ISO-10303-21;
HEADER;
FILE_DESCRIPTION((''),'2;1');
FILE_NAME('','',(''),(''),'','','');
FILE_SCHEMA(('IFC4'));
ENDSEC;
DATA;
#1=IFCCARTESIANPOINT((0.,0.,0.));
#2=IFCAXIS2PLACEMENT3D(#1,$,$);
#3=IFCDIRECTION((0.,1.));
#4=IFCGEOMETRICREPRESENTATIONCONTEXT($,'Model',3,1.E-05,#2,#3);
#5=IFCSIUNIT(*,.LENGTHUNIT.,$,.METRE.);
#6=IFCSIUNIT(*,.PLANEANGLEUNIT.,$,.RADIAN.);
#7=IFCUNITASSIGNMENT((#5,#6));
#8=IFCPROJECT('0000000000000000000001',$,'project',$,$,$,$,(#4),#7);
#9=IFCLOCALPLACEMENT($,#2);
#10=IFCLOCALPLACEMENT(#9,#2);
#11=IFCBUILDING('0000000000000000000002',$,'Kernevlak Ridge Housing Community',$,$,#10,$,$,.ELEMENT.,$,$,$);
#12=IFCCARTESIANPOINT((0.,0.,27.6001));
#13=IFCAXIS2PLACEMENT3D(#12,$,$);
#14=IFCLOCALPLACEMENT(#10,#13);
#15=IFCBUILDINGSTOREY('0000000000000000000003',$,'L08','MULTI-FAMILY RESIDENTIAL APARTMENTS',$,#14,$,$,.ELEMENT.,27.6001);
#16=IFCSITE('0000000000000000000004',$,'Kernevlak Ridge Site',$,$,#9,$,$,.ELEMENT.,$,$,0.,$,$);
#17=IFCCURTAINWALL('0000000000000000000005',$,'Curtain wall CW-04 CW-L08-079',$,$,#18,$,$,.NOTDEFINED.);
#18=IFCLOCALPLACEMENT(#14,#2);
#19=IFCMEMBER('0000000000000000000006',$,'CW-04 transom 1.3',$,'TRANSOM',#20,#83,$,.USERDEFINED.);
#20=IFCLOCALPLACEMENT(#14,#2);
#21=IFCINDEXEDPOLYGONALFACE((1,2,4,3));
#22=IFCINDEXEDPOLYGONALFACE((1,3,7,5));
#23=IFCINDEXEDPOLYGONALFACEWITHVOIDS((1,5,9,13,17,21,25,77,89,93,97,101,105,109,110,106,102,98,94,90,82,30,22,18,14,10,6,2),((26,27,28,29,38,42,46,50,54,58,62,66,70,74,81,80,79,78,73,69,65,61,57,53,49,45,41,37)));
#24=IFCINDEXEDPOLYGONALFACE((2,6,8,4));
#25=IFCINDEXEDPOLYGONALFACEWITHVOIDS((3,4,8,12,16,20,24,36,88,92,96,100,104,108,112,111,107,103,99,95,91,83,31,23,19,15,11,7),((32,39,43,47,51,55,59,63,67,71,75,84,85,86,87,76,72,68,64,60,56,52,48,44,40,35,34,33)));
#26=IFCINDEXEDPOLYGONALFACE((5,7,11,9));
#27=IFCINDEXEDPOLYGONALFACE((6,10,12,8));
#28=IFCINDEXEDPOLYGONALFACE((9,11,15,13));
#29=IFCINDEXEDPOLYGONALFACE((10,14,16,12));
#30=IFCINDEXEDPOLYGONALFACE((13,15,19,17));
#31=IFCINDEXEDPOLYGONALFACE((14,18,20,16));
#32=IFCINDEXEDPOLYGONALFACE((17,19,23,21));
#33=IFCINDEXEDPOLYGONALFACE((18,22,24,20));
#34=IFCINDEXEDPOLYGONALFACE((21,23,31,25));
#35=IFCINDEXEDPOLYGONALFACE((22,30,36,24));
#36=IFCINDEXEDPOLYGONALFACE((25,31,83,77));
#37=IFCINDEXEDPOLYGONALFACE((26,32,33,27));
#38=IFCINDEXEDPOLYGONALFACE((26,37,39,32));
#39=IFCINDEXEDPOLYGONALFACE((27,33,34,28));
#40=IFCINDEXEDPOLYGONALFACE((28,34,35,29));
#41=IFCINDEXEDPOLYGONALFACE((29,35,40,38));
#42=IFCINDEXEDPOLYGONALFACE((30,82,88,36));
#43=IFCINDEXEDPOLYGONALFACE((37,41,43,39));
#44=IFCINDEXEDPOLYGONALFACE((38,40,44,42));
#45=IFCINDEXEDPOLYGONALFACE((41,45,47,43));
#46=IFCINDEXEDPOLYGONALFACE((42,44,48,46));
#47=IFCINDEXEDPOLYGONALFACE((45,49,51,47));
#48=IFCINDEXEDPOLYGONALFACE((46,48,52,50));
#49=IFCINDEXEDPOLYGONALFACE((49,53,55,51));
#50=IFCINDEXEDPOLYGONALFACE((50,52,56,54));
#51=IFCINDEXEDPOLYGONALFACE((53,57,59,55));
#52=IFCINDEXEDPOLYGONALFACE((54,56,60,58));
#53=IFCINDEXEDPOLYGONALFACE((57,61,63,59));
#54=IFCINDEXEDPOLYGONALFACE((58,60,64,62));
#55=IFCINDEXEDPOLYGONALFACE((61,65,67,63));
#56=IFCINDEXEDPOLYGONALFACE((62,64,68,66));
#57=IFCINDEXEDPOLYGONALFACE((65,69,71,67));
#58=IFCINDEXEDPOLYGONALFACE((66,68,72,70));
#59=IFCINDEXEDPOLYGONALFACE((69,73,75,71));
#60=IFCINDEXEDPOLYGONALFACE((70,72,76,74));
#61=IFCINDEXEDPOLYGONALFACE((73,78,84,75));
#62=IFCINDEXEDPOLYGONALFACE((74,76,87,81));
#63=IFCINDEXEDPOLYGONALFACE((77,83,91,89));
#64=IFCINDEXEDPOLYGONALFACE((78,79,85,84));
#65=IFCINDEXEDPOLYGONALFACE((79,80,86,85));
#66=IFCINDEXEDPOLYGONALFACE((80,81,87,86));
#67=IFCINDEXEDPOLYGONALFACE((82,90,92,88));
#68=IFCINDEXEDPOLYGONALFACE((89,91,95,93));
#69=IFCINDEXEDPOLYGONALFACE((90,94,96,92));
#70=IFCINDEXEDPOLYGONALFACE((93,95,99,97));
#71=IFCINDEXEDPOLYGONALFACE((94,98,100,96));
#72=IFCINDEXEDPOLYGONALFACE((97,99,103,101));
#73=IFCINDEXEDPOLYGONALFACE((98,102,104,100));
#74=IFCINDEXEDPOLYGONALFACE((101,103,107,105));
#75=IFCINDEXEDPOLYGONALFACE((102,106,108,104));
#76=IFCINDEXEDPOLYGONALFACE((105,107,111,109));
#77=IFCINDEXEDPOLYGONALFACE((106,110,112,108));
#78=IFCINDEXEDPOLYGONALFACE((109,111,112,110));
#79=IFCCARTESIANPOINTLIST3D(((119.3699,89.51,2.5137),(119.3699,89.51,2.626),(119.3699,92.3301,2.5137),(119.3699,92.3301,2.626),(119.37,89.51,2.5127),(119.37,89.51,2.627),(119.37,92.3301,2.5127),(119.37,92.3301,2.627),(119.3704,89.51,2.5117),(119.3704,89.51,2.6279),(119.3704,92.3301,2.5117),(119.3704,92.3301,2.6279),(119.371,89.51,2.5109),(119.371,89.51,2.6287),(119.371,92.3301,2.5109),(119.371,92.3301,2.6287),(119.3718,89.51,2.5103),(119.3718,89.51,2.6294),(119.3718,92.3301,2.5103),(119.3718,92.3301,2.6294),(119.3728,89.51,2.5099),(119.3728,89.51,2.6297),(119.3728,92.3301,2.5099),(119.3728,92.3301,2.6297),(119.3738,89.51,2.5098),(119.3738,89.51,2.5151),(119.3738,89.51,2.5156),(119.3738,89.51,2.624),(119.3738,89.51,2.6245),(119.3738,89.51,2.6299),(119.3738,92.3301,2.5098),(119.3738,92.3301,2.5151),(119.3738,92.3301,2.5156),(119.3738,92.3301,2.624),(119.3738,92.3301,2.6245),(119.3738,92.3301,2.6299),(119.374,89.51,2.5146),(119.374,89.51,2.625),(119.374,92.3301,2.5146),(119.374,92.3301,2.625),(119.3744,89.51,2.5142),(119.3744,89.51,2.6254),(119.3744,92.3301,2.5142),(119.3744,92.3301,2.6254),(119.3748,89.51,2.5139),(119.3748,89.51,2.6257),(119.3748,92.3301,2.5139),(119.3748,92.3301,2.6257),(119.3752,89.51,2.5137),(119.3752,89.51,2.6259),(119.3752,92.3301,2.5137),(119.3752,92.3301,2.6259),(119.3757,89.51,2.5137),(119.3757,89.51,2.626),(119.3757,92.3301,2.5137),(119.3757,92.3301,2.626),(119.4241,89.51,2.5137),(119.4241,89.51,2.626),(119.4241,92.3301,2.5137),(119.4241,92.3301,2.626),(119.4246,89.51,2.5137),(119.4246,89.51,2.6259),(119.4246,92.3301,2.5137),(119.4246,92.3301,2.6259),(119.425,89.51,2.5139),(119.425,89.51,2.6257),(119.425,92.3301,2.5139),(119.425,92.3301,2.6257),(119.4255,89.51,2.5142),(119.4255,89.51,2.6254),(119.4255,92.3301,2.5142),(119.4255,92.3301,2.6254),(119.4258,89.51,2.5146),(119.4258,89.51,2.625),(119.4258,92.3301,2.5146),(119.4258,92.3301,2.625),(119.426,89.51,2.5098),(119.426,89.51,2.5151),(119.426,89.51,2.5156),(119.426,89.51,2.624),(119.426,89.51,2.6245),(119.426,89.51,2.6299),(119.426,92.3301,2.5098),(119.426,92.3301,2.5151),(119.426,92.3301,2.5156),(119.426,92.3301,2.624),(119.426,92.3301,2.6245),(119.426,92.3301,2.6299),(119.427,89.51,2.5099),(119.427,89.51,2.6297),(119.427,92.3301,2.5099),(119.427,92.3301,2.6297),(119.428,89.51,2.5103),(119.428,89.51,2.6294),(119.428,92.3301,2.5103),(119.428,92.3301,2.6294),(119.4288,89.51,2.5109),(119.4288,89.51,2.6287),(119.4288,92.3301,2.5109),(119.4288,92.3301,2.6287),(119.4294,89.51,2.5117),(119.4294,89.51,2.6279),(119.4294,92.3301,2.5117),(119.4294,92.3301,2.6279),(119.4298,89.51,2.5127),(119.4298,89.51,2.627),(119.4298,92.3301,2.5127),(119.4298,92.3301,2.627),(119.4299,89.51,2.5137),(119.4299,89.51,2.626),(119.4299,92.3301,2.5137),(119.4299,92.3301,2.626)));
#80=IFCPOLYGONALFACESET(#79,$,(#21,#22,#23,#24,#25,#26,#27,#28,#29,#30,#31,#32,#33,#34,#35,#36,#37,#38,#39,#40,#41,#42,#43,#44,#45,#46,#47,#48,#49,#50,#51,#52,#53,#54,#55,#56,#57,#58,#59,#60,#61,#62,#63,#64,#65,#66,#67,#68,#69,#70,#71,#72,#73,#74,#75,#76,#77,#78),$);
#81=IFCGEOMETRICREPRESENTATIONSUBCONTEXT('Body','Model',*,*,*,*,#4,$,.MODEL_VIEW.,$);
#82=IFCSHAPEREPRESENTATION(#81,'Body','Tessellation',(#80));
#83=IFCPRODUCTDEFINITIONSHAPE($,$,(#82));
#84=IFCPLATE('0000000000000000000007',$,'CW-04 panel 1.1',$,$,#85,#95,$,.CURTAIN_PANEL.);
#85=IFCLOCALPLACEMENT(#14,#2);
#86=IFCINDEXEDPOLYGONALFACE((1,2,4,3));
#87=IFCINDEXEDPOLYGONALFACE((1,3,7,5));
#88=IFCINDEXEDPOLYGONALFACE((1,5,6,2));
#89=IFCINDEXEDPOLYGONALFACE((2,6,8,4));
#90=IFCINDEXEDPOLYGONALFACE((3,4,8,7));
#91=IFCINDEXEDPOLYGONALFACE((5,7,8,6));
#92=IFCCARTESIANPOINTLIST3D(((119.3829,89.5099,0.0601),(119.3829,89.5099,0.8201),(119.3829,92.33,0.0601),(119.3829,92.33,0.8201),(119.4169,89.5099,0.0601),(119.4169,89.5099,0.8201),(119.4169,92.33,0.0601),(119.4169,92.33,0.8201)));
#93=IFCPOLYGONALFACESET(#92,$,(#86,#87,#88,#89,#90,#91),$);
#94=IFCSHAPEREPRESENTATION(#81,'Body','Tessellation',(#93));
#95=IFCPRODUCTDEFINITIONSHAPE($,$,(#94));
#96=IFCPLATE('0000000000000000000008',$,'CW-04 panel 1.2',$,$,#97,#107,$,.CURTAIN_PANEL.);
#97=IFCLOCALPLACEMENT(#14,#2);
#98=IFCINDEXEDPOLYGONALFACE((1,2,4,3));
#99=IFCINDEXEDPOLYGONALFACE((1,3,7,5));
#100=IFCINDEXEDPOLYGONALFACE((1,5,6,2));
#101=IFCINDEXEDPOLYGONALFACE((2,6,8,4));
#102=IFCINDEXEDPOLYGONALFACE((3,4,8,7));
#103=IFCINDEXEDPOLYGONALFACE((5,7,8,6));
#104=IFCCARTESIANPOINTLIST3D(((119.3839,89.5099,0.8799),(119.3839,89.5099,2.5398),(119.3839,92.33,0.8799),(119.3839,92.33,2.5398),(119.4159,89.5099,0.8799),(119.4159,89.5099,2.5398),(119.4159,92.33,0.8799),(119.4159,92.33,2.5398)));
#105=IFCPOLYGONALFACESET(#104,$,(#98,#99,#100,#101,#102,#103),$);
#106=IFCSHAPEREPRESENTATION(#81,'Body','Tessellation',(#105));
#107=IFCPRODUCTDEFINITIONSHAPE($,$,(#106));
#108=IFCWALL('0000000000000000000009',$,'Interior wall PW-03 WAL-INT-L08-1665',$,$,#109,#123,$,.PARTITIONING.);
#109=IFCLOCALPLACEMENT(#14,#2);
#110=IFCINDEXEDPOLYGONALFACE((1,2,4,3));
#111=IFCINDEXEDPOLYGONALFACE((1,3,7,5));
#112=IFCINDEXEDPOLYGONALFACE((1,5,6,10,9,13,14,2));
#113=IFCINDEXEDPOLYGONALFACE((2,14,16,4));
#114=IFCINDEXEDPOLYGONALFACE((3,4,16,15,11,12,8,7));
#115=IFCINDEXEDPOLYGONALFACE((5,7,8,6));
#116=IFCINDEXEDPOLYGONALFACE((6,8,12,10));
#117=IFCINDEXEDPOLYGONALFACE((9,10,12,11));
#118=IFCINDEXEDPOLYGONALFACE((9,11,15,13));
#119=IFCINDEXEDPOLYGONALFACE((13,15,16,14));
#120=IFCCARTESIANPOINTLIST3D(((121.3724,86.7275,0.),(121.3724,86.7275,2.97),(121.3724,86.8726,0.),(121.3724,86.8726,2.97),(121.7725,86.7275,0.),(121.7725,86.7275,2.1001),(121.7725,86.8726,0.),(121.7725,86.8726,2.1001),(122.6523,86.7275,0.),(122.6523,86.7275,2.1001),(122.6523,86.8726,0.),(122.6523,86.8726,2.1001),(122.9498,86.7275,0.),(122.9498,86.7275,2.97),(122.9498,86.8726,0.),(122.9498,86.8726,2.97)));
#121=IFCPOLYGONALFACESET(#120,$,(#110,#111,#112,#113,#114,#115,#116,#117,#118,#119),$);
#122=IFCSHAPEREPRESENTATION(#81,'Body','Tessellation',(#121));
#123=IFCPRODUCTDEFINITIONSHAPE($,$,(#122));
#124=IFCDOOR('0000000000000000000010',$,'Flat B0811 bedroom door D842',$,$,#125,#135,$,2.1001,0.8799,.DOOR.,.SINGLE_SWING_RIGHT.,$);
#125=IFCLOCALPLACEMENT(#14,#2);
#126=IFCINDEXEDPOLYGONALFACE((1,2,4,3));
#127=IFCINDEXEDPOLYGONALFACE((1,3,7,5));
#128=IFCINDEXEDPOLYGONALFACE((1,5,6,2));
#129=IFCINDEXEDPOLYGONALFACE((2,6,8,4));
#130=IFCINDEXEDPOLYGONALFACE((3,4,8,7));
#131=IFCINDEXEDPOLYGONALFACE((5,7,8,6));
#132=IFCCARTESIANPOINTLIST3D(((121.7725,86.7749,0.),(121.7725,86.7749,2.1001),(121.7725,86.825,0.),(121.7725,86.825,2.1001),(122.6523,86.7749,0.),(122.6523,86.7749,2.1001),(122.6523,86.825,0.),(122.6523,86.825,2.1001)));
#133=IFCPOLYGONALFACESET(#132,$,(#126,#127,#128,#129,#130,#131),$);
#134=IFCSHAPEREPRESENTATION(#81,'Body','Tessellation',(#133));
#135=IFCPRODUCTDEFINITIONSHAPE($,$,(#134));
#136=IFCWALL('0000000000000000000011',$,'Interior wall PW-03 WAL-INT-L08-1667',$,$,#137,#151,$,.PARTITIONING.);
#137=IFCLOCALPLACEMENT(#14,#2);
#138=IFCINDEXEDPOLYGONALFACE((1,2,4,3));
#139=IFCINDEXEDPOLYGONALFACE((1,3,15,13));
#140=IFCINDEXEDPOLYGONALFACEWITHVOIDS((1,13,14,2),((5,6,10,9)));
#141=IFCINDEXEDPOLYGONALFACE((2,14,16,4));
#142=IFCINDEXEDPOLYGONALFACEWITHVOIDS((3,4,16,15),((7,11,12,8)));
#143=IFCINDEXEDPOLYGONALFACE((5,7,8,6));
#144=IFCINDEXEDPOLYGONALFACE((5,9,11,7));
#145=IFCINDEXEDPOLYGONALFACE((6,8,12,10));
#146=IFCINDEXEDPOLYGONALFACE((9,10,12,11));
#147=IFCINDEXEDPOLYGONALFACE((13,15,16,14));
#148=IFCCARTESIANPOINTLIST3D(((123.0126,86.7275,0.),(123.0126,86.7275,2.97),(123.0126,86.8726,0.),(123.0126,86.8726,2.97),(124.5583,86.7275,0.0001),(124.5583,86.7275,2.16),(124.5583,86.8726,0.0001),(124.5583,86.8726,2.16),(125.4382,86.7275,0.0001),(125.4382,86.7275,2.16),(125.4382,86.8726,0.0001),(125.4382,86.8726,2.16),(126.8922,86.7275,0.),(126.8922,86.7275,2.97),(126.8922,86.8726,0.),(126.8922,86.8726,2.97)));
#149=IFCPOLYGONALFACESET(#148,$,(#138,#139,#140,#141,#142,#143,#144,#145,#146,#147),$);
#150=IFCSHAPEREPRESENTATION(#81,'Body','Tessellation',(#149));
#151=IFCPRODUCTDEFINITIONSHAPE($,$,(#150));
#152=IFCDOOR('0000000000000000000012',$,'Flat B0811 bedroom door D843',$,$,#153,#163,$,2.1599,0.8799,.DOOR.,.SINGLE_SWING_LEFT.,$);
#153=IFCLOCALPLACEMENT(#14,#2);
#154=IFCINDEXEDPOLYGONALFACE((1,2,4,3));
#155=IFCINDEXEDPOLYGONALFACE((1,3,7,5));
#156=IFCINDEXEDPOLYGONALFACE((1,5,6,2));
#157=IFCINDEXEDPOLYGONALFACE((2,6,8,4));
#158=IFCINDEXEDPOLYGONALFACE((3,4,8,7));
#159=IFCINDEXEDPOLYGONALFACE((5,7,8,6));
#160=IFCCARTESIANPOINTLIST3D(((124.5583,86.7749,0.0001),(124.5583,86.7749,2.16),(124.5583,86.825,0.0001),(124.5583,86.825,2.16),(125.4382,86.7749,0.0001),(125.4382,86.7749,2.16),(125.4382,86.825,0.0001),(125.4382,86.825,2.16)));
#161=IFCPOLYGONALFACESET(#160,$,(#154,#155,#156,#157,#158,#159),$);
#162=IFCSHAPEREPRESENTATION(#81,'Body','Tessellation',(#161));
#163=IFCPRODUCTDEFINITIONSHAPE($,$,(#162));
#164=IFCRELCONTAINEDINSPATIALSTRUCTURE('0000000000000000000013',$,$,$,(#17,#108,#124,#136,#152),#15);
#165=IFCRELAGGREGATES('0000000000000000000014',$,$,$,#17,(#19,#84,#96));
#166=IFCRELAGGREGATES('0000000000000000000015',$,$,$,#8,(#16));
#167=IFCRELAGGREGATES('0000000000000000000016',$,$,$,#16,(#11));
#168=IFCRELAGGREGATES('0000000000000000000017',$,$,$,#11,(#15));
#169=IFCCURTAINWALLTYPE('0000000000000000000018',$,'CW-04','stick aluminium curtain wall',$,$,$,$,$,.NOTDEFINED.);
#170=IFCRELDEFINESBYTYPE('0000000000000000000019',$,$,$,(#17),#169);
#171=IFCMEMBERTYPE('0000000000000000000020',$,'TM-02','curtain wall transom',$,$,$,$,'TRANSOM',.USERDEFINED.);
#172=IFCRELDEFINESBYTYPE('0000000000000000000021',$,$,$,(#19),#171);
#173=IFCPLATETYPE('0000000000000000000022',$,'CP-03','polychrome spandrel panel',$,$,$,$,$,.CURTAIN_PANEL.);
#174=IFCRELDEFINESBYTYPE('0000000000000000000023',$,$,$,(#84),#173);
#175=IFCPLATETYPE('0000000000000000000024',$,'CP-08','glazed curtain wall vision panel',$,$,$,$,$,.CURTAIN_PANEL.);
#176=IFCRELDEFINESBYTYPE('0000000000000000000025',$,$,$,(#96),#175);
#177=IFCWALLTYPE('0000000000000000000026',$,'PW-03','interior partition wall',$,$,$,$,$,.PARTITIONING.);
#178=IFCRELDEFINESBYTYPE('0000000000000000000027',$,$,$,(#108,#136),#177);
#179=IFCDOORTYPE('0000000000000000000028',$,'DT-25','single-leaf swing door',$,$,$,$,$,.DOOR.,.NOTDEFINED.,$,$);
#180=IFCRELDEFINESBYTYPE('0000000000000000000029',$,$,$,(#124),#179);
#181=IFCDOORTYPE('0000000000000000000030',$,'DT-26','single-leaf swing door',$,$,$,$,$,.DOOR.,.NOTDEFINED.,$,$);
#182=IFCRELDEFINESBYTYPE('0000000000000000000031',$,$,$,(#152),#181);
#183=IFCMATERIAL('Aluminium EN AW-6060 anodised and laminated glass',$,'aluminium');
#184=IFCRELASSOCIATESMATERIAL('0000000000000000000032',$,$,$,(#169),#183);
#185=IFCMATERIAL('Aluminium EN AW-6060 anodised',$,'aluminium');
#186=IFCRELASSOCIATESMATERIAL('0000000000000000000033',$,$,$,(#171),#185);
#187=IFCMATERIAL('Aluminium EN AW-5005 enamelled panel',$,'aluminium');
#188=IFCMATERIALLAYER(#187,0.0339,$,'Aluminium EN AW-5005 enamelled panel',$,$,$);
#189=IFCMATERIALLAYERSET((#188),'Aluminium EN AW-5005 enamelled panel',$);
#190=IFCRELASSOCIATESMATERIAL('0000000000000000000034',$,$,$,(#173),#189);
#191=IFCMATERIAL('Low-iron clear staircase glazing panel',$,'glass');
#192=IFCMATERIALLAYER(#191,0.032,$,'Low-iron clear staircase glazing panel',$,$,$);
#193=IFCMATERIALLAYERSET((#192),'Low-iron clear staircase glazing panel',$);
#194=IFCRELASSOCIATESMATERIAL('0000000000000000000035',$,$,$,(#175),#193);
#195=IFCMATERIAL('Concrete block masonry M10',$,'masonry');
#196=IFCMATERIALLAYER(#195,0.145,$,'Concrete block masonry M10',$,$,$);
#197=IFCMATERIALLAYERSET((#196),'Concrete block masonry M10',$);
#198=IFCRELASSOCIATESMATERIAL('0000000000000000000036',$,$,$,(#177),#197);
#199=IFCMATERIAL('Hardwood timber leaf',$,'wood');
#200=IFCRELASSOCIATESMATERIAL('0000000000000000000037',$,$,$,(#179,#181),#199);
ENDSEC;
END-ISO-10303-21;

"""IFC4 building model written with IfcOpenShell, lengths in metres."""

from ifc_helpers import new_model, si_unit, direction, frame, frame_2d, origin, origin_2d, place, context, subcontext, project, spatial, rectangle, hollow_rectangle, extrude, material, layer, layer_set, material_profile, profile_set, type_object, element, fill, aggregate, save


model = new_model("IFC4")

# Units and contexts
model_context = context("Model", 3, precision=1e-05, world=origin(), true_north=direction((0.0, 1.0)))
body_context = subcontext(model_context, "Body", "Model", "MODEL_VIEW")
ifc_project = project(units=[si_unit("LENGTHUNIT", "METRE"), si_unit("PLANEANGLEUNIT", "RADIAN")], contexts=[model_context])

# Site, building, storey
site_placement = place(None, origin())
site = spatial("IfcSite", under=ifc_project, at=site_placement, Name="Kernevlak Ridge Site", CompositionType="ELEMENT", RefElevation=0.0)
building_placement = place(site_placement, origin())
building = spatial("IfcBuilding", under=site, at=building_placement, Name="Kernevlak Ridge Housing Community", CompositionType="ELEMENT")
storey_placement = place(building_placement, frame((0.0, 0.0, 27.6001)))
storey = spatial("IfcBuildingStorey", under=building, at=storey_placement, Name="L08", Description="MULTI-FAMILY RESIDENTIAL APARTMENTS", CompositionType="ELEMENT", Elevation=27.6001)

# Curtain wall, member, plates
ifc_material_1 = material(Name="Aluminium EN AW-6060 anodised and laminated glass", Category="aluminium")
curtain_wall_type = type_object("IfcCurtainWallType", Name="CW-04", Description="stick aluminium curtain wall", PredefinedType="NOTDEFINED", material=ifc_material_1)
curtain_wall_placement = place(storey_placement, origin())
curtain_wall = element("IfcCurtainWall", 1, at=curtain_wall_placement, inside=storey, type_object=curtain_wall_type, Name="Curtain wall CW-04 CW-L08-079", PredefinedType="NOTDEFINED")
ifc_material_2 = material(Name="Aluminium EN AW-6060 anodised", Category="aluminium")
ifc_material_profile_1 = material_profile(ifc_material_2, hollow_rectangle(XDim=0.0601, YDim=0.1201, WallThickness=0.0039, InnerFilletRadius=0.002, OuterFilletRadius=0.0039, at=origin_2d()), Name="ALU 60x120x4")
ifc_profile_set_1 = profile_set([ifc_material_profile_1], Name="Aluminium EN AW-6060 anodised")
member_type_1 = type_object("IfcMemberType", Name="TM-02", Description="curtain wall transom", ElementType="TRANSOM", PredefinedType="USERDEFINED", material=ifc_profile_set_1)
member_1_placement = place(storey_placement, frame((119.3999, 89.51, 2.5698), z_axis=(0.0, 1.0, 0.0), x_axis=(-1.0, 0.0, 0.0)))
member_1 = element("IfcMember", 2, at=member_1_placement, type_object=member_type_1, Name="CW-04 transom 1.3", ObjectType="TRANSOM", PredefinedType="USERDEFINED", context=body_context, shape_type="SweptSolid", body=[
    extrude(hollow_rectangle(XDim=0.0601, YDim=0.1201, WallThickness=0.0039, InnerFilletRadius=0.002, OuterFilletRadius=0.0039, at=origin_2d()), origin(), (0.0, 0.0, 1.0), 2.8201),
])
ifc_material_3 = material(Name="Aluminium EN AW-5005 enamelled panel", Category="aluminium")
ifc_layer_1 = layer(ifc_material_3, 0.0339, Name="Aluminium EN AW-5005 enamelled panel")
ifc_layer_set_1 = layer_set([ifc_layer_1], Name="Aluminium EN AW-5005 enamelled panel")
plate_type_1 = type_object("IfcPlateType", Name="CP-03", Description="polychrome spandrel panel", PredefinedType="CURTAIN_PANEL", material=ifc_layer_set_1)
plate_1_placement = place(storey_placement, frame((119.3999, 90.9199, 0.0601), z_axis=(0.0, 0.0, 1.0), x_axis=(0.0, 1.0, 0.0)))
plate_1 = element("IfcPlate", 3, at=plate_1_placement, type_object=plate_type_1, Name="CW-04 panel 1.1", PredefinedType="CURTAIN_PANEL", context=body_context, shape_type="SweptSolid", body=[
    extrude(rectangle(XDim=2.8201, YDim=0.0339, at=origin_2d()), origin(), (0.0, 0.0, 1.0), 0.76),
])
ifc_material_4 = material(Name="Low-iron clear staircase glazing panel", Category="glass")
ifc_layer_2 = layer(ifc_material_4, 0.032, Name="Low-iron clear staircase glazing panel")
ifc_layer_set_2 = layer_set([ifc_layer_2], Name="Low-iron clear staircase glazing panel")
plate_type_2 = type_object("IfcPlateType", Name="CP-08", Description="glazed curtain wall vision panel", PredefinedType="CURTAIN_PANEL", material=ifc_layer_set_2)
plate_2_placement = place(storey_placement, frame((119.3999, 90.9199, 0.8799), z_axis=(0.0, 0.0, 1.0), x_axis=(0.0, 1.0, 0.0)))
plate_2 = element("IfcPlate", 4, at=plate_2_placement, type_object=plate_type_2, Name="CW-04 panel 1.2", PredefinedType="CURTAIN_PANEL", context=body_context, shape_type="SweptSolid", body=[
    extrude(rectangle(XDim=2.8201, YDim=0.032, at=origin_2d()), origin(), (0.0, 0.0, 1.0), 1.6599),
])
aggregate(curtain_wall, [member_1, plate_1, plate_2])

# Walls, openings, doors
ifc_material_5 = material(Name="Concrete block masonry M10", Category="masonry")
ifc_layer_3 = layer(ifc_material_5, 0.145, Name="Concrete block masonry M10")
ifc_layer_set_3 = layer_set([ifc_layer_3], Name="Concrete block masonry M10")
wall_type_1 = type_object("IfcWallType", Name="PW-03", Description="interior partition wall", PredefinedType="PARTITIONING", material=ifc_layer_set_3)
wall_1_placement = place(storey_placement, frame((121.3726, 86.8, 0.0), z_axis=(0.0, 0.0, 1.0), x_axis=(1.0, 0.0, 0.0)))
wall_1 = element("IfcWall", 5, at=wall_1_placement, inside=storey, type_object=wall_type_1, Name="Interior wall PW-03 WAL-INT-L08-1665", PredefinedType="PARTITIONING", context=body_context, shape_type="SweptSolid", body=[
    extrude(rectangle(XDim=1.5774, YDim=0.145, at=frame_2d((0.7886, 0.0))), origin(), (0.0, 0.0, 1.0), 2.97),
])
opening_1_placement = place(wall_1_placement, frame((0.3999, 0.0, 0.0)))
opening_1 = element("IfcOpeningElement", 6, at=opening_1_placement, cuts=wall_1, PredefinedType="OPENING", context=body_context, shape_type="SweptSolid", body=[
    extrude(rectangle(XDim=0.8799, YDim=2.1001, at=frame_2d((0.4399, 1.05))), frame((0.0, 0.0825, 0.0), z_axis=(0.0, -1.0, 0.0), x_axis=(1.0, 0.0, 0.0)), (0.0, 0.0, 1.0), 0.165),
])
ifc_material_6 = material(Name="Hardwood timber leaf", Category="wood")
door_type_1 = type_object("IfcDoorType", Name="DT-25", Description="single-leaf swing door", OperationType="NOTDEFINED", PredefinedType="DOOR", material=ifc_material_6)
door_1_placement = place(opening_1_placement, origin())
door_1 = element("IfcDoor", 7, at=door_1_placement, inside=storey, type_object=door_type_1, Name="Flat B0811 bedroom door D842", OperationType="SINGLE_SWING_RIGHT", OverallHeight=2.1001, OverallWidth=0.8799, PredefinedType="DOOR", context=body_context, shape_type="SweptSolid", body=[
    extrude(rectangle(XDim=0.8799, YDim=2.1001, at=frame_2d((0.4399, 1.05))), frame((0.0, 0.0249, 0.0), z_axis=(0.0, -1.0, 0.0), x_axis=(1.0, 0.0, 0.0)), (0.0, 0.0, 1.0), 0.05),
])
fill(opening_1, door_1)
wall_2_placement = place(storey_placement, frame((123.0125, 86.8, 0.0), z_axis=(0.0, 0.0, 1.0), x_axis=(1.0, 0.0, 0.0)))
wall_2 = element("IfcWall", 8, at=wall_2_placement, inside=storey, type_object=wall_type_1, Name="Interior wall PW-03 WAL-INT-L08-1667", PredefinedType="PARTITIONING", context=body_context, shape_type="SweptSolid", body=[
    extrude(rectangle(XDim=3.8796, YDim=0.145, at=frame_2d((1.9399, 0.0))), origin(), (0.0, 0.0, 1.0), 2.97),
])
opening_2_placement = place(wall_2_placement, frame((1.5459, 0.0, 0.0)))
opening_2 = element("IfcOpeningElement", 9, at=opening_2_placement, cuts=wall_2, PredefinedType="OPENING", context=body_context, shape_type="SweptSolid", body=[
    extrude(rectangle(XDim=0.8799, YDim=2.1599, at=frame_2d((0.4399, 1.0801))), frame((0.0, 0.0825, 0.0), z_axis=(0.0, -1.0, 0.0), x_axis=(1.0, 0.0, 0.0)), (0.0, 0.0, 1.0), 0.165),
])
door_type_2 = type_object("IfcDoorType", Name="DT-26", Description="single-leaf swing door", OperationType="NOTDEFINED", PredefinedType="DOOR", material=ifc_material_6)
door_2_placement = place(opening_2_placement, origin())
door_2 = element("IfcDoor", 10, at=door_2_placement, inside=storey, type_object=door_type_2, Name="Flat B0811 bedroom door D843", OperationType="SINGLE_SWING_LEFT", OverallHeight=2.1599, OverallWidth=0.8799, PredefinedType="DOOR", context=body_context, shape_type="SweptSolid", body=[
    extrude(rectangle(XDim=0.8799, YDim=2.1599, at=frame_2d((0.4399, 1.0801))), frame((0.0, 0.0249, 0.0), z_axis=(0.0, -1.0, 0.0), x_axis=(1.0, 0.0, 0.0)), (0.0, 0.0, 1.0), 0.05),
])
fill(opening_2, door_2)

save(model, "model.ifc")
